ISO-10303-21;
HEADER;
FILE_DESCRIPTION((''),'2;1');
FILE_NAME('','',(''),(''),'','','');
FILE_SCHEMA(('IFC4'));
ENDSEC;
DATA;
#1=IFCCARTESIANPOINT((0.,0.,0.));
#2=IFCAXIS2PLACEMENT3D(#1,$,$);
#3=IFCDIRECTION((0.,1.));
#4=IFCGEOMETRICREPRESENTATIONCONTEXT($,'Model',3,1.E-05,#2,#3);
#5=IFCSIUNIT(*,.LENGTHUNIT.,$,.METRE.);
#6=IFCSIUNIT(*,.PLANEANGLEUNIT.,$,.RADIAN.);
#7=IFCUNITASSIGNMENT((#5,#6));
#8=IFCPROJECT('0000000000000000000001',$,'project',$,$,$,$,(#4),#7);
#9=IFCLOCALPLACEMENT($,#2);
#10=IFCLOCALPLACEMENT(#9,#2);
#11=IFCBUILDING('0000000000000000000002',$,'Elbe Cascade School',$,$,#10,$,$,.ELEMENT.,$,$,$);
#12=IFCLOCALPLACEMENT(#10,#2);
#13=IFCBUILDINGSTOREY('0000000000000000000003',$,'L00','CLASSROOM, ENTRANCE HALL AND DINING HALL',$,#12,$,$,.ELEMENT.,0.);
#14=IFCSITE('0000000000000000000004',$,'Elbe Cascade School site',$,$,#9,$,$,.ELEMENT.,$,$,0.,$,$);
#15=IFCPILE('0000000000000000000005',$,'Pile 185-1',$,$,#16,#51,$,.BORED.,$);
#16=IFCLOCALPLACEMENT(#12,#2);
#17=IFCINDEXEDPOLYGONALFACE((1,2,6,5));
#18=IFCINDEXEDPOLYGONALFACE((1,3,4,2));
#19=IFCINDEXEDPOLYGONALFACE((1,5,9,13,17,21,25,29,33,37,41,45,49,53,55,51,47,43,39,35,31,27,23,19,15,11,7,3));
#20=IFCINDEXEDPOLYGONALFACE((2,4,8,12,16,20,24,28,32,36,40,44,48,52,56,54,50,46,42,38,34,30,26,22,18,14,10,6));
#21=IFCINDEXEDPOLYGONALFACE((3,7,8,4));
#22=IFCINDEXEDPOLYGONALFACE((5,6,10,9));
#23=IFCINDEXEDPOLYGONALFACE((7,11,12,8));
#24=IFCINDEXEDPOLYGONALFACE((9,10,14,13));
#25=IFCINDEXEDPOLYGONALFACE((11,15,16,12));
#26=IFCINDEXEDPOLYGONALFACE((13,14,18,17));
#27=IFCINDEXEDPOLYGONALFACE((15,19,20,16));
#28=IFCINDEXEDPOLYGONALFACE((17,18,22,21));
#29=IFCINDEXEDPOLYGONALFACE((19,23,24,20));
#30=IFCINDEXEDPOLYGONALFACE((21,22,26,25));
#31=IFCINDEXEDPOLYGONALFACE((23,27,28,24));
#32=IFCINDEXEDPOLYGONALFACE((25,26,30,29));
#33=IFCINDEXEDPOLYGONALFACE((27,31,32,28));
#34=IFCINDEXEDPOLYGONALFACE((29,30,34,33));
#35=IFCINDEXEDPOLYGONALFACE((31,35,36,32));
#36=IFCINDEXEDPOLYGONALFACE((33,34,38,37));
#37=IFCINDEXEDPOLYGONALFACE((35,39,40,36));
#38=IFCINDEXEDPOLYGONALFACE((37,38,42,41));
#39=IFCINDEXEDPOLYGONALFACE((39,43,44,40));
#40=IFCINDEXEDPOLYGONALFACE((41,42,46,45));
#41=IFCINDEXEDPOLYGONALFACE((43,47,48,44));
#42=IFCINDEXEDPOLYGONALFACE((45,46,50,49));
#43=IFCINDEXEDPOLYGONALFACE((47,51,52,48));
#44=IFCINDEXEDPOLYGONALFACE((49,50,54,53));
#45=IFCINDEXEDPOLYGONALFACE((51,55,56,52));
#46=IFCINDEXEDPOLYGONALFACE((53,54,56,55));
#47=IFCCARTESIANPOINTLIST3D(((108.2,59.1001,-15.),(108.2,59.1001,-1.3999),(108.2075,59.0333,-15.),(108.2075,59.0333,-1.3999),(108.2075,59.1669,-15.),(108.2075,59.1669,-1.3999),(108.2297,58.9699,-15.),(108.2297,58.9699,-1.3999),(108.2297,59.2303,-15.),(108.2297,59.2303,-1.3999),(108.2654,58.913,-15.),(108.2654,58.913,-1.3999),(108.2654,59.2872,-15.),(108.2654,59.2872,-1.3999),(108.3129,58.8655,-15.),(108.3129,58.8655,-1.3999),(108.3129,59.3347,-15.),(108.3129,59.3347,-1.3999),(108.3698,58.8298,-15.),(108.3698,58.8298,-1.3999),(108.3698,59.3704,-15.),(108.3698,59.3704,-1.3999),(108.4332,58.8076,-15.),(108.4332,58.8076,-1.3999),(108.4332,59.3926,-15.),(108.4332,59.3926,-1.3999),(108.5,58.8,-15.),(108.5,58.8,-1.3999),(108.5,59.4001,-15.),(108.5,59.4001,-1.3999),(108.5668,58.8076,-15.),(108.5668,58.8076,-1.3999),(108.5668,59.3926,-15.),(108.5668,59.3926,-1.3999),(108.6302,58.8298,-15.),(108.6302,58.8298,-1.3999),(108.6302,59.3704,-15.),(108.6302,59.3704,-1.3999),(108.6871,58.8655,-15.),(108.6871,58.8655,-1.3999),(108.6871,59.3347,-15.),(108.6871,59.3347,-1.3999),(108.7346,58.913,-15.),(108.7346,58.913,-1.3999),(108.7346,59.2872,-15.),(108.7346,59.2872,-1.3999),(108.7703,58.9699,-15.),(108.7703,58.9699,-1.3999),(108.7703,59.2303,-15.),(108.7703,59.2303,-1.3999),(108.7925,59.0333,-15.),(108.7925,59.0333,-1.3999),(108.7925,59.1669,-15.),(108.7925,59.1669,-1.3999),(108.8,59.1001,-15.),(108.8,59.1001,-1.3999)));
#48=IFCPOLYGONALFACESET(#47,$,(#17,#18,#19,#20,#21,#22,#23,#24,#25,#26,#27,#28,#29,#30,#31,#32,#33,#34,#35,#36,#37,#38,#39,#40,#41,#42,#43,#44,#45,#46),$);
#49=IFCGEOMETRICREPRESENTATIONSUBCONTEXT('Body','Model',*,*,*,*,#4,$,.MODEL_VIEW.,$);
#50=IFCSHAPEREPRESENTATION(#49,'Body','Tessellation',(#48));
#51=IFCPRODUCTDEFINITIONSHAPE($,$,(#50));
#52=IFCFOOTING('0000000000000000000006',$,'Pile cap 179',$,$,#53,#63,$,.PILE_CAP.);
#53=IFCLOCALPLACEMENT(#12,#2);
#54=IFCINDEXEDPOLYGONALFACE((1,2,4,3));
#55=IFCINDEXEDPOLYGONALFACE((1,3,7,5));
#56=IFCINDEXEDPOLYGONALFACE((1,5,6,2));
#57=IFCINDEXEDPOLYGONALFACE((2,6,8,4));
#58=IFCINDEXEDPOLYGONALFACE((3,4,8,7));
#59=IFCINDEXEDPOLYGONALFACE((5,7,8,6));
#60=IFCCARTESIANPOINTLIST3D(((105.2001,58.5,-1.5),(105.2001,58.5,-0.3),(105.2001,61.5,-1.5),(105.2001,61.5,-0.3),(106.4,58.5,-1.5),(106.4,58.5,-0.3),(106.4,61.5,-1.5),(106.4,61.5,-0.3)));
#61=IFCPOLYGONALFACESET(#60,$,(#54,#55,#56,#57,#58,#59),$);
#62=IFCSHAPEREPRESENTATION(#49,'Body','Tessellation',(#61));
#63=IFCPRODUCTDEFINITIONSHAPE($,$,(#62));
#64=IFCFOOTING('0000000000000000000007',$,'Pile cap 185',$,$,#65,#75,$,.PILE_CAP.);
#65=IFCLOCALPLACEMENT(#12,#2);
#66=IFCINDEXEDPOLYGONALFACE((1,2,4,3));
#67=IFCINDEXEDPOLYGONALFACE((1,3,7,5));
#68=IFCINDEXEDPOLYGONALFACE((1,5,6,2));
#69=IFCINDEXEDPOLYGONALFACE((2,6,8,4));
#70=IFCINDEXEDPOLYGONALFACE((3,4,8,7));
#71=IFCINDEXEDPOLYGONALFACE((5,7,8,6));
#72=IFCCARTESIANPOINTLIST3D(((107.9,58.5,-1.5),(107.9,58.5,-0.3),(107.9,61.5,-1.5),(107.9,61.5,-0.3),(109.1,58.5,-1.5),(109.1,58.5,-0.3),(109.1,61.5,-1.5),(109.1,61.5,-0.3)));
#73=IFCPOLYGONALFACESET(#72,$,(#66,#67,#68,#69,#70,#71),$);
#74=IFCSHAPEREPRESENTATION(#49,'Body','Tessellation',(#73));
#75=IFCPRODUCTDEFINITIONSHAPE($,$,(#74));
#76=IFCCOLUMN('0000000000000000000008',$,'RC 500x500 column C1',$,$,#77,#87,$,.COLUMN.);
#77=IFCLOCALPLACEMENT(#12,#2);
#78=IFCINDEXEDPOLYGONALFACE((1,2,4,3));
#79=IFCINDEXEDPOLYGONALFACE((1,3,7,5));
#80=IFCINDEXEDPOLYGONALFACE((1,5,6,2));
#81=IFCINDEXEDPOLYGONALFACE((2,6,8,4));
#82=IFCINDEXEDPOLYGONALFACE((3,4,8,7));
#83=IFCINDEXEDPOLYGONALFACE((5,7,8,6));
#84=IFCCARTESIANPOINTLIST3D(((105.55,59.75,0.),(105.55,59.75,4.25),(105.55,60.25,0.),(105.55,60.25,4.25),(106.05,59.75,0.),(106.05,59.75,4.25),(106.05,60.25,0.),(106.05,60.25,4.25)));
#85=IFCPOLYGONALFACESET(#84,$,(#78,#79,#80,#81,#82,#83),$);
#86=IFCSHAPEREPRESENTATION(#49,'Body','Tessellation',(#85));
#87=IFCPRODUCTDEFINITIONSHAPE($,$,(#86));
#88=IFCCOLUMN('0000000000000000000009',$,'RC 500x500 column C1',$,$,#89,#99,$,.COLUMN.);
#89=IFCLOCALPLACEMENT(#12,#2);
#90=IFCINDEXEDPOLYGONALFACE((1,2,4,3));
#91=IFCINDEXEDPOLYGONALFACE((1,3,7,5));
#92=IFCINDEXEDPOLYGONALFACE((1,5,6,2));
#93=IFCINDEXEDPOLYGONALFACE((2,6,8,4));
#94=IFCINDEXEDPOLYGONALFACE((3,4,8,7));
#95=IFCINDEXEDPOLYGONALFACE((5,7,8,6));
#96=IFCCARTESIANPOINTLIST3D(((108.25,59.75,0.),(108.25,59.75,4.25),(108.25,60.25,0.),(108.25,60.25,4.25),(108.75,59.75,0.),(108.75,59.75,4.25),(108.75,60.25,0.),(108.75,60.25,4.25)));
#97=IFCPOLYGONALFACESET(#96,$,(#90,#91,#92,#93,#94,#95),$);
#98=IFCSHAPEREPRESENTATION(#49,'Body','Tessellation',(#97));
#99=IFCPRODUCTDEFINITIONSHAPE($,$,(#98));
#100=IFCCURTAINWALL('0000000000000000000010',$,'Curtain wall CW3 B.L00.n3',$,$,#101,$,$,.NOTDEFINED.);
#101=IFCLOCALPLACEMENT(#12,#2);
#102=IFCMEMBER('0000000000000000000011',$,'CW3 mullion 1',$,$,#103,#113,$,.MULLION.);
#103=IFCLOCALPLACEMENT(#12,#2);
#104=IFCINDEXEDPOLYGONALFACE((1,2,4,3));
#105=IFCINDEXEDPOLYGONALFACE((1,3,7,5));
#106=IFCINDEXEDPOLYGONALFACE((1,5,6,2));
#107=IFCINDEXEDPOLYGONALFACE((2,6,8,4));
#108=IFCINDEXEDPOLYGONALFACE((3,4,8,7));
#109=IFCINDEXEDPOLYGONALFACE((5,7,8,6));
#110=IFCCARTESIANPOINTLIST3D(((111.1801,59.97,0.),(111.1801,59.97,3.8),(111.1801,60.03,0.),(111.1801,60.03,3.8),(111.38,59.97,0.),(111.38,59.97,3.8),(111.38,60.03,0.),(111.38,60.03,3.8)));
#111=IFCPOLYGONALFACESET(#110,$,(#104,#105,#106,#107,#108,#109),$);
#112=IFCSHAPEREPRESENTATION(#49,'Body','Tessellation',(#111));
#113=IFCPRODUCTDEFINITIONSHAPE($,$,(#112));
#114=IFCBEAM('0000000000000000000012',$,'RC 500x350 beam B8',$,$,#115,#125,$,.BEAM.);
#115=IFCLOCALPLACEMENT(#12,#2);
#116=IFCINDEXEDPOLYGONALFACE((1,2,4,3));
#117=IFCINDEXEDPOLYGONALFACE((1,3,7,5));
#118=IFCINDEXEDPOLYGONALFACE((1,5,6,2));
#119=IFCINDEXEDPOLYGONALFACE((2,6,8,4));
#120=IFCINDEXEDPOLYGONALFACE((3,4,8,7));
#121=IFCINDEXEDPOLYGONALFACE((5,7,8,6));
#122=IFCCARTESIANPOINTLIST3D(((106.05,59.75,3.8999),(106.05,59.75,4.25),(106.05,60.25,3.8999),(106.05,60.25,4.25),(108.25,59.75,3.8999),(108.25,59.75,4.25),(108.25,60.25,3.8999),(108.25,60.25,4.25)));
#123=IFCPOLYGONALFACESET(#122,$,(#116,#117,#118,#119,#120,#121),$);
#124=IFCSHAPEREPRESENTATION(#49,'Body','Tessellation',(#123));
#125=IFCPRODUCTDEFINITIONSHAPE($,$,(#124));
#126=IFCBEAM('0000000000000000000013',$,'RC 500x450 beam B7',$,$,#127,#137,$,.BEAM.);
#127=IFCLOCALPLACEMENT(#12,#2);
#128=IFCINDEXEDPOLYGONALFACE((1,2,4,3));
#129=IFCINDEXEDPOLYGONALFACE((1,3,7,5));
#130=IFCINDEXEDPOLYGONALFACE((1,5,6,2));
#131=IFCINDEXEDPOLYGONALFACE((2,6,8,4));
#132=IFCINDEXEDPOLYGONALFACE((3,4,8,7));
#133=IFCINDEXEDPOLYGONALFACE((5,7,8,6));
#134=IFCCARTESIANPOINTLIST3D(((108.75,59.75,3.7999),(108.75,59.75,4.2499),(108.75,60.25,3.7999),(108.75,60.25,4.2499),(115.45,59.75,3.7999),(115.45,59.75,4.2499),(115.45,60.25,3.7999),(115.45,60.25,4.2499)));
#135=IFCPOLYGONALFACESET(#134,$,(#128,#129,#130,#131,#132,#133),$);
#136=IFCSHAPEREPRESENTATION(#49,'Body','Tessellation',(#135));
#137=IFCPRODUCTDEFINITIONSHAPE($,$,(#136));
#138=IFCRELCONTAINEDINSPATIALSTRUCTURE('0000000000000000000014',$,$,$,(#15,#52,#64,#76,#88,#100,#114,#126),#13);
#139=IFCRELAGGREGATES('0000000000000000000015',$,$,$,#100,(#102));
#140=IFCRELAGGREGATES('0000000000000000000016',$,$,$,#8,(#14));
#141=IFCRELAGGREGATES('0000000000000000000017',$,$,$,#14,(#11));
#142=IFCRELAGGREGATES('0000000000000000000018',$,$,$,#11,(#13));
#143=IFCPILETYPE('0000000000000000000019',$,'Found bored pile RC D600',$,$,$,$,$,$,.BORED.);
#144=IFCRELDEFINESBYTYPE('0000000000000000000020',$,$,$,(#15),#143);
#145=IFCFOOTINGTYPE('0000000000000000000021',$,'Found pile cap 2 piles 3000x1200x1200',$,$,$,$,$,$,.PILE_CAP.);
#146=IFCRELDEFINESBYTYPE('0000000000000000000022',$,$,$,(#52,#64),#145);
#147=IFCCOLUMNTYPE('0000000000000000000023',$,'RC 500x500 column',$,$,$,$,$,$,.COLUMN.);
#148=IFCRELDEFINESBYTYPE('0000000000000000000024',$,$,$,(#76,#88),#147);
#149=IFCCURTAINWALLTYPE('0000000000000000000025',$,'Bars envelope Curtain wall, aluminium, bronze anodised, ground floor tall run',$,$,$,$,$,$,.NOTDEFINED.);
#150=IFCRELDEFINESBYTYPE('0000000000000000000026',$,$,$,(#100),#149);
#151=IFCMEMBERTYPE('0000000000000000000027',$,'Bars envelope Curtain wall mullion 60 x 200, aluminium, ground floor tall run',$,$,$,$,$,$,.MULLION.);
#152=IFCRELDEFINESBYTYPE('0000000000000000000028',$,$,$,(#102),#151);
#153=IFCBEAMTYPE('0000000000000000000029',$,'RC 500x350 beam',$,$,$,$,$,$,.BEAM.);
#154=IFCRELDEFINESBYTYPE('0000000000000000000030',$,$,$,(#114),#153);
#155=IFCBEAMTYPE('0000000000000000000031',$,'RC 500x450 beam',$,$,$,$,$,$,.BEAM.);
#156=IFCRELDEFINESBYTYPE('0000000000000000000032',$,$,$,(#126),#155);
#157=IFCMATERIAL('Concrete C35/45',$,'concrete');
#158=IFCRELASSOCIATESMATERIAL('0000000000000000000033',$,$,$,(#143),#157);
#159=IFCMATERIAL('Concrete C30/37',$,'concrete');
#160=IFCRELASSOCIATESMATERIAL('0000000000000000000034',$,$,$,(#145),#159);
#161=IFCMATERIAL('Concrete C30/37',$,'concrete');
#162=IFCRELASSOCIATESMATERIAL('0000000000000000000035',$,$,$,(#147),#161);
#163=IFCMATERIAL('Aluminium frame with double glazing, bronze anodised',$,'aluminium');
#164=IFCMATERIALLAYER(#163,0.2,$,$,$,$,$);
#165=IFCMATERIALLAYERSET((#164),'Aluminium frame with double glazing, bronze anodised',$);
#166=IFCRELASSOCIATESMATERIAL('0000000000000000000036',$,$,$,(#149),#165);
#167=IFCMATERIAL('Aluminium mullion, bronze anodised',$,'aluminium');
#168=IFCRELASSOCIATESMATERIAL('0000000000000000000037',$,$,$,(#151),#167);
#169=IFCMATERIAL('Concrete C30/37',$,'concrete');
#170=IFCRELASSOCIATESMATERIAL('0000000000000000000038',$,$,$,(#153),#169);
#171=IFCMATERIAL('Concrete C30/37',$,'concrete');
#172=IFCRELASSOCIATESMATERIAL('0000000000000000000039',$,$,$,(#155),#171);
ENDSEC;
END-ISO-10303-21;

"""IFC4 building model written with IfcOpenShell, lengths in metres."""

from ifc_helpers import new_model, si_unit, direction, frame, origin, origin_2d, place, context, subcontext, project, spatial, rectangle, circle, extrude, material, layer, layer_set, material_profile, profile_set, type_object, element, aggregate, save


model = new_model("IFC4")

# Units and contexts
model_context = context("Model", 3, precision=1e-05, world=origin(), true_north=direction((0.0, 1.0)))
body_context = subcontext(model_context, "Body", "Model", "MODEL_VIEW")
ifc_project = project(units=[si_unit("LENGTHUNIT", "METRE"), si_unit("PLANEANGLEUNIT", "RADIAN")], contexts=[model_context])

# Site, building, storey
site_placement = place(None, origin())
site = spatial("IfcSite", under=ifc_project, at=site_placement, Name="Elbe Cascade School site", CompositionType="ELEMENT", RefElevation=0.0)
building_placement = place(site_placement, origin())
building = spatial("IfcBuilding", under=site, at=building_placement, Name="Elbe Cascade School", CompositionType="ELEMENT")
storey_placement = place(building_placement, origin())
storey = spatial("IfcBuildingStorey", under=building, at=storey_placement, Name="L00", Description="CLASSROOM, ENTRANCE HALL AND DINING HALL", CompositionType="ELEMENT", Elevation=0.0)

# Pile
ifc_material_1 = material(Name="Concrete C35/45", Category="concrete")
ifc_material_profile_1 = material_profile(ifc_material_1, circle(Radius=0.3, at=origin_2d()), Name="RC D600")
ifc_profile_set_1 = profile_set([ifc_material_profile_1], Name="Concrete C35/45")
pile_type = type_object("IfcPileType", Name="Found bored pile RC D600", PredefinedType="BORED", material=ifc_profile_set_1)
pile_placement = place(storey_placement, frame((108.5, 59.1001, -1.3999), z_axis=(0.0, 0.0, -1.0), x_axis=(1.0, 0.0, 0.0)))
element("IfcPile", 1, at=pile_placement, inside=storey, type_object=pile_type, Name="Pile 185-1", PredefinedType="BORED", context=body_context, shape_type="SweptSolid", body=[
    extrude(circle(Radius=0.3, at=origin_2d()), origin(), (0.0, 0.0, 1.0), 13.6001),
])

# Footings
ifc_material_2 = material(Name="Concrete C30/37", Category="concrete")
footing_type = type_object("IfcFootingType", Name="Found pile cap 2 piles 3000x1200x1200", PredefinedType="PILE_CAP", material=ifc_material_2)
for number, where, z_axis, x_axis, name in (
    (2, (105.8, 60.0, -1.5), (0.0, 0.0, 1.0), (1.0, 0.0, 0.0), "Pile cap 179"),
    (3, (108.5, 60.0, -1.5), (0.0, 0.0, 1.0), (1.0, 0.0, 0.0), "Pile cap 185"),
):
    element("IfcFooting", number, at=place(storey_placement, frame(where, z_axis=z_axis, x_axis=x_axis)), inside=storey, type_object=footing_type, Name=name, PredefinedType="PILE_CAP", context=body_context, shape_type="SweptSolid", body=[
        extrude(rectangle(XDim=1.2, YDim=3.0, at=origin_2d()), origin(), (0.0, 0.0, 1.0), 1.2),
    ])

# Columns
ifc_material_3 = material(Name="Concrete C30/37", Category="concrete")
ifc_material_profile_2 = material_profile(ifc_material_3, rectangle(XDim=0.5, YDim=0.5, at=origin_2d()), Name="RC 500x500")
ifc_profile_set_2 = profile_set([ifc_material_profile_2], Name="Concrete C30/37")
column_type = type_object("IfcColumnType", Name="RC 500x500 column", PredefinedType="COLUMN", material=ifc_profile_set_2)
for number, where, z_axis, x_axis, name in (
    (4, (105.8, 60.0, 0.0), (0.0, 0.0, 1.0), (1.0, 0.0, 0.0), "RC 500x500 column C1"),
    (5, (108.5, 60.0, 0.0), (0.0, 0.0, 1.0), (1.0, 0.0, 0.0), "RC 500x500 column C1"),
):
    element("IfcColumn", number, at=place(storey_placement, frame(where, z_axis=z_axis, x_axis=x_axis)), inside=storey, type_object=column_type, Name=name, PredefinedType="COLUMN", context=body_context, shape_type="SweptSolid", body=[
        extrude(rectangle(XDim=0.5, YDim=0.5, at=origin_2d()), origin(), (0.0, 0.0, 1.0), 4.25),
    ])

# Curtain wall, member
ifc_material_4 = material(Name="Aluminium frame with double glazing, bronze anodised", Category="aluminium")
ifc_layer_1 = layer(ifc_material_4, 0.2)
ifc_layer_set_1 = layer_set([ifc_layer_1], Name="Aluminium frame with double glazing, bronze anodised")
curtain_wall_type = type_object("IfcCurtainWallType", Name="Bars envelope Curtain wall, aluminium, bronze anodised, ground floor tall run", PredefinedType="NOTDEFINED", material=ifc_layer_set_1)
curtain_wall_placement = place(storey_placement, origin())
curtain_wall = element("IfcCurtainWall", 6, at=curtain_wall_placement, inside=storey, type_object=curtain_wall_type, Name="Curtain wall CW3 B.L00.n3", PredefinedType="NOTDEFINED")
ifc_material_5 = material(Name="Aluminium mullion, bronze anodised", Category="aluminium")
ifc_material_profile_3 = material_profile(ifc_material_5, rectangle(XDim=0.0601, YDim=0.2, at=origin_2d()), Name="Bars envelope Curtain wall mullion 60 x 200, aluminium, ground floor tall run")
ifc_profile_set_3 = profile_set([ifc_material_profile_3], Name="Aluminium mullion, bronze anodised")
member_type = type_object("IfcMemberType", Name="Bars envelope Curtain wall mullion 60 x 200, aluminium, ground floor tall run", PredefinedType="MULLION", material=ifc_profile_set_3)
member_placement = place(storey_placement, frame((111.28, 60.0, 0.0), z_axis=(0.0, 0.0, 1.0), x_axis=(0.0, 1.0, 0.0)))
member = element("IfcMember", 7, at=member_placement, type_object=member_type, Name="CW3 mullion 1", PredefinedType="MULLION", context=body_context, shape_type="SweptSolid", body=[
    extrude(rectangle(XDim=0.0601, YDim=0.2, at=origin_2d()), origin(), (0.0, 0.0, 1.0), 3.8),
])
aggregate(curtain_wall, [member])

# Beams
ifc_material_6 = material(Name="Concrete C30/37", Category="concrete")
ifc_material_profile_4 = material_profile(ifc_material_6, rectangle(XDim=0.5, YDim=0.3501, at=origin_2d()), Name="RC 500x350")
ifc_profile_set_4 = profile_set([ifc_material_profile_4], Name="Concrete C30/37")
beam_type_1 = type_object("IfcBeamType", Name="RC 500x350 beam", PredefinedType="BEAM", material=ifc_profile_set_4)
beam_1_placement = place(storey_placement, frame((106.05, 60.0, 4.075), z_axis=(1.0, 0.0, 0.0), x_axis=(0.0, 1.0, 0.0)))
element("IfcBeam", 8, at=beam_1_placement, inside=storey, type_object=beam_type_1, Name="RC 500x350 beam B8", PredefinedType="BEAM", context=body_context, shape_type="SweptSolid", body=[
    extrude(rectangle(XDim=0.5, YDim=0.3501, at=origin_2d()), origin(), (0.0, 0.0, 1.0), 2.2),
])
ifc_material_7 = material(Name="Concrete C30/37", Category="concrete")
ifc_material_profile_5 = material_profile(ifc_material_7, rectangle(XDim=0.5, YDim=0.45, at=origin_2d()), Name="RC 500x450")
ifc_profile_set_5 = profile_set([ifc_material_profile_5], Name="Concrete C30/37")
beam_type_2 = type_object("IfcBeamType", Name="RC 500x450 beam", PredefinedType="BEAM", material=ifc_profile_set_5)
beam_2_placement = place(storey_placement, frame((108.75, 60.0, 4.0249), z_axis=(1.0, 0.0, 0.0), x_axis=(0.0, 1.0, 0.0)))
element("IfcBeam", 9, at=beam_2_placement, inside=storey, type_object=beam_type_2, Name="RC 500x450 beam B7", PredefinedType="BEAM", context=body_context, shape_type="SweptSolid", body=[
    extrude(rectangle(XDim=0.5, YDim=0.45, at=origin_2d()), origin(), (0.0, 0.0, 1.0), 6.7),
])

save(model, "model.ifc")
